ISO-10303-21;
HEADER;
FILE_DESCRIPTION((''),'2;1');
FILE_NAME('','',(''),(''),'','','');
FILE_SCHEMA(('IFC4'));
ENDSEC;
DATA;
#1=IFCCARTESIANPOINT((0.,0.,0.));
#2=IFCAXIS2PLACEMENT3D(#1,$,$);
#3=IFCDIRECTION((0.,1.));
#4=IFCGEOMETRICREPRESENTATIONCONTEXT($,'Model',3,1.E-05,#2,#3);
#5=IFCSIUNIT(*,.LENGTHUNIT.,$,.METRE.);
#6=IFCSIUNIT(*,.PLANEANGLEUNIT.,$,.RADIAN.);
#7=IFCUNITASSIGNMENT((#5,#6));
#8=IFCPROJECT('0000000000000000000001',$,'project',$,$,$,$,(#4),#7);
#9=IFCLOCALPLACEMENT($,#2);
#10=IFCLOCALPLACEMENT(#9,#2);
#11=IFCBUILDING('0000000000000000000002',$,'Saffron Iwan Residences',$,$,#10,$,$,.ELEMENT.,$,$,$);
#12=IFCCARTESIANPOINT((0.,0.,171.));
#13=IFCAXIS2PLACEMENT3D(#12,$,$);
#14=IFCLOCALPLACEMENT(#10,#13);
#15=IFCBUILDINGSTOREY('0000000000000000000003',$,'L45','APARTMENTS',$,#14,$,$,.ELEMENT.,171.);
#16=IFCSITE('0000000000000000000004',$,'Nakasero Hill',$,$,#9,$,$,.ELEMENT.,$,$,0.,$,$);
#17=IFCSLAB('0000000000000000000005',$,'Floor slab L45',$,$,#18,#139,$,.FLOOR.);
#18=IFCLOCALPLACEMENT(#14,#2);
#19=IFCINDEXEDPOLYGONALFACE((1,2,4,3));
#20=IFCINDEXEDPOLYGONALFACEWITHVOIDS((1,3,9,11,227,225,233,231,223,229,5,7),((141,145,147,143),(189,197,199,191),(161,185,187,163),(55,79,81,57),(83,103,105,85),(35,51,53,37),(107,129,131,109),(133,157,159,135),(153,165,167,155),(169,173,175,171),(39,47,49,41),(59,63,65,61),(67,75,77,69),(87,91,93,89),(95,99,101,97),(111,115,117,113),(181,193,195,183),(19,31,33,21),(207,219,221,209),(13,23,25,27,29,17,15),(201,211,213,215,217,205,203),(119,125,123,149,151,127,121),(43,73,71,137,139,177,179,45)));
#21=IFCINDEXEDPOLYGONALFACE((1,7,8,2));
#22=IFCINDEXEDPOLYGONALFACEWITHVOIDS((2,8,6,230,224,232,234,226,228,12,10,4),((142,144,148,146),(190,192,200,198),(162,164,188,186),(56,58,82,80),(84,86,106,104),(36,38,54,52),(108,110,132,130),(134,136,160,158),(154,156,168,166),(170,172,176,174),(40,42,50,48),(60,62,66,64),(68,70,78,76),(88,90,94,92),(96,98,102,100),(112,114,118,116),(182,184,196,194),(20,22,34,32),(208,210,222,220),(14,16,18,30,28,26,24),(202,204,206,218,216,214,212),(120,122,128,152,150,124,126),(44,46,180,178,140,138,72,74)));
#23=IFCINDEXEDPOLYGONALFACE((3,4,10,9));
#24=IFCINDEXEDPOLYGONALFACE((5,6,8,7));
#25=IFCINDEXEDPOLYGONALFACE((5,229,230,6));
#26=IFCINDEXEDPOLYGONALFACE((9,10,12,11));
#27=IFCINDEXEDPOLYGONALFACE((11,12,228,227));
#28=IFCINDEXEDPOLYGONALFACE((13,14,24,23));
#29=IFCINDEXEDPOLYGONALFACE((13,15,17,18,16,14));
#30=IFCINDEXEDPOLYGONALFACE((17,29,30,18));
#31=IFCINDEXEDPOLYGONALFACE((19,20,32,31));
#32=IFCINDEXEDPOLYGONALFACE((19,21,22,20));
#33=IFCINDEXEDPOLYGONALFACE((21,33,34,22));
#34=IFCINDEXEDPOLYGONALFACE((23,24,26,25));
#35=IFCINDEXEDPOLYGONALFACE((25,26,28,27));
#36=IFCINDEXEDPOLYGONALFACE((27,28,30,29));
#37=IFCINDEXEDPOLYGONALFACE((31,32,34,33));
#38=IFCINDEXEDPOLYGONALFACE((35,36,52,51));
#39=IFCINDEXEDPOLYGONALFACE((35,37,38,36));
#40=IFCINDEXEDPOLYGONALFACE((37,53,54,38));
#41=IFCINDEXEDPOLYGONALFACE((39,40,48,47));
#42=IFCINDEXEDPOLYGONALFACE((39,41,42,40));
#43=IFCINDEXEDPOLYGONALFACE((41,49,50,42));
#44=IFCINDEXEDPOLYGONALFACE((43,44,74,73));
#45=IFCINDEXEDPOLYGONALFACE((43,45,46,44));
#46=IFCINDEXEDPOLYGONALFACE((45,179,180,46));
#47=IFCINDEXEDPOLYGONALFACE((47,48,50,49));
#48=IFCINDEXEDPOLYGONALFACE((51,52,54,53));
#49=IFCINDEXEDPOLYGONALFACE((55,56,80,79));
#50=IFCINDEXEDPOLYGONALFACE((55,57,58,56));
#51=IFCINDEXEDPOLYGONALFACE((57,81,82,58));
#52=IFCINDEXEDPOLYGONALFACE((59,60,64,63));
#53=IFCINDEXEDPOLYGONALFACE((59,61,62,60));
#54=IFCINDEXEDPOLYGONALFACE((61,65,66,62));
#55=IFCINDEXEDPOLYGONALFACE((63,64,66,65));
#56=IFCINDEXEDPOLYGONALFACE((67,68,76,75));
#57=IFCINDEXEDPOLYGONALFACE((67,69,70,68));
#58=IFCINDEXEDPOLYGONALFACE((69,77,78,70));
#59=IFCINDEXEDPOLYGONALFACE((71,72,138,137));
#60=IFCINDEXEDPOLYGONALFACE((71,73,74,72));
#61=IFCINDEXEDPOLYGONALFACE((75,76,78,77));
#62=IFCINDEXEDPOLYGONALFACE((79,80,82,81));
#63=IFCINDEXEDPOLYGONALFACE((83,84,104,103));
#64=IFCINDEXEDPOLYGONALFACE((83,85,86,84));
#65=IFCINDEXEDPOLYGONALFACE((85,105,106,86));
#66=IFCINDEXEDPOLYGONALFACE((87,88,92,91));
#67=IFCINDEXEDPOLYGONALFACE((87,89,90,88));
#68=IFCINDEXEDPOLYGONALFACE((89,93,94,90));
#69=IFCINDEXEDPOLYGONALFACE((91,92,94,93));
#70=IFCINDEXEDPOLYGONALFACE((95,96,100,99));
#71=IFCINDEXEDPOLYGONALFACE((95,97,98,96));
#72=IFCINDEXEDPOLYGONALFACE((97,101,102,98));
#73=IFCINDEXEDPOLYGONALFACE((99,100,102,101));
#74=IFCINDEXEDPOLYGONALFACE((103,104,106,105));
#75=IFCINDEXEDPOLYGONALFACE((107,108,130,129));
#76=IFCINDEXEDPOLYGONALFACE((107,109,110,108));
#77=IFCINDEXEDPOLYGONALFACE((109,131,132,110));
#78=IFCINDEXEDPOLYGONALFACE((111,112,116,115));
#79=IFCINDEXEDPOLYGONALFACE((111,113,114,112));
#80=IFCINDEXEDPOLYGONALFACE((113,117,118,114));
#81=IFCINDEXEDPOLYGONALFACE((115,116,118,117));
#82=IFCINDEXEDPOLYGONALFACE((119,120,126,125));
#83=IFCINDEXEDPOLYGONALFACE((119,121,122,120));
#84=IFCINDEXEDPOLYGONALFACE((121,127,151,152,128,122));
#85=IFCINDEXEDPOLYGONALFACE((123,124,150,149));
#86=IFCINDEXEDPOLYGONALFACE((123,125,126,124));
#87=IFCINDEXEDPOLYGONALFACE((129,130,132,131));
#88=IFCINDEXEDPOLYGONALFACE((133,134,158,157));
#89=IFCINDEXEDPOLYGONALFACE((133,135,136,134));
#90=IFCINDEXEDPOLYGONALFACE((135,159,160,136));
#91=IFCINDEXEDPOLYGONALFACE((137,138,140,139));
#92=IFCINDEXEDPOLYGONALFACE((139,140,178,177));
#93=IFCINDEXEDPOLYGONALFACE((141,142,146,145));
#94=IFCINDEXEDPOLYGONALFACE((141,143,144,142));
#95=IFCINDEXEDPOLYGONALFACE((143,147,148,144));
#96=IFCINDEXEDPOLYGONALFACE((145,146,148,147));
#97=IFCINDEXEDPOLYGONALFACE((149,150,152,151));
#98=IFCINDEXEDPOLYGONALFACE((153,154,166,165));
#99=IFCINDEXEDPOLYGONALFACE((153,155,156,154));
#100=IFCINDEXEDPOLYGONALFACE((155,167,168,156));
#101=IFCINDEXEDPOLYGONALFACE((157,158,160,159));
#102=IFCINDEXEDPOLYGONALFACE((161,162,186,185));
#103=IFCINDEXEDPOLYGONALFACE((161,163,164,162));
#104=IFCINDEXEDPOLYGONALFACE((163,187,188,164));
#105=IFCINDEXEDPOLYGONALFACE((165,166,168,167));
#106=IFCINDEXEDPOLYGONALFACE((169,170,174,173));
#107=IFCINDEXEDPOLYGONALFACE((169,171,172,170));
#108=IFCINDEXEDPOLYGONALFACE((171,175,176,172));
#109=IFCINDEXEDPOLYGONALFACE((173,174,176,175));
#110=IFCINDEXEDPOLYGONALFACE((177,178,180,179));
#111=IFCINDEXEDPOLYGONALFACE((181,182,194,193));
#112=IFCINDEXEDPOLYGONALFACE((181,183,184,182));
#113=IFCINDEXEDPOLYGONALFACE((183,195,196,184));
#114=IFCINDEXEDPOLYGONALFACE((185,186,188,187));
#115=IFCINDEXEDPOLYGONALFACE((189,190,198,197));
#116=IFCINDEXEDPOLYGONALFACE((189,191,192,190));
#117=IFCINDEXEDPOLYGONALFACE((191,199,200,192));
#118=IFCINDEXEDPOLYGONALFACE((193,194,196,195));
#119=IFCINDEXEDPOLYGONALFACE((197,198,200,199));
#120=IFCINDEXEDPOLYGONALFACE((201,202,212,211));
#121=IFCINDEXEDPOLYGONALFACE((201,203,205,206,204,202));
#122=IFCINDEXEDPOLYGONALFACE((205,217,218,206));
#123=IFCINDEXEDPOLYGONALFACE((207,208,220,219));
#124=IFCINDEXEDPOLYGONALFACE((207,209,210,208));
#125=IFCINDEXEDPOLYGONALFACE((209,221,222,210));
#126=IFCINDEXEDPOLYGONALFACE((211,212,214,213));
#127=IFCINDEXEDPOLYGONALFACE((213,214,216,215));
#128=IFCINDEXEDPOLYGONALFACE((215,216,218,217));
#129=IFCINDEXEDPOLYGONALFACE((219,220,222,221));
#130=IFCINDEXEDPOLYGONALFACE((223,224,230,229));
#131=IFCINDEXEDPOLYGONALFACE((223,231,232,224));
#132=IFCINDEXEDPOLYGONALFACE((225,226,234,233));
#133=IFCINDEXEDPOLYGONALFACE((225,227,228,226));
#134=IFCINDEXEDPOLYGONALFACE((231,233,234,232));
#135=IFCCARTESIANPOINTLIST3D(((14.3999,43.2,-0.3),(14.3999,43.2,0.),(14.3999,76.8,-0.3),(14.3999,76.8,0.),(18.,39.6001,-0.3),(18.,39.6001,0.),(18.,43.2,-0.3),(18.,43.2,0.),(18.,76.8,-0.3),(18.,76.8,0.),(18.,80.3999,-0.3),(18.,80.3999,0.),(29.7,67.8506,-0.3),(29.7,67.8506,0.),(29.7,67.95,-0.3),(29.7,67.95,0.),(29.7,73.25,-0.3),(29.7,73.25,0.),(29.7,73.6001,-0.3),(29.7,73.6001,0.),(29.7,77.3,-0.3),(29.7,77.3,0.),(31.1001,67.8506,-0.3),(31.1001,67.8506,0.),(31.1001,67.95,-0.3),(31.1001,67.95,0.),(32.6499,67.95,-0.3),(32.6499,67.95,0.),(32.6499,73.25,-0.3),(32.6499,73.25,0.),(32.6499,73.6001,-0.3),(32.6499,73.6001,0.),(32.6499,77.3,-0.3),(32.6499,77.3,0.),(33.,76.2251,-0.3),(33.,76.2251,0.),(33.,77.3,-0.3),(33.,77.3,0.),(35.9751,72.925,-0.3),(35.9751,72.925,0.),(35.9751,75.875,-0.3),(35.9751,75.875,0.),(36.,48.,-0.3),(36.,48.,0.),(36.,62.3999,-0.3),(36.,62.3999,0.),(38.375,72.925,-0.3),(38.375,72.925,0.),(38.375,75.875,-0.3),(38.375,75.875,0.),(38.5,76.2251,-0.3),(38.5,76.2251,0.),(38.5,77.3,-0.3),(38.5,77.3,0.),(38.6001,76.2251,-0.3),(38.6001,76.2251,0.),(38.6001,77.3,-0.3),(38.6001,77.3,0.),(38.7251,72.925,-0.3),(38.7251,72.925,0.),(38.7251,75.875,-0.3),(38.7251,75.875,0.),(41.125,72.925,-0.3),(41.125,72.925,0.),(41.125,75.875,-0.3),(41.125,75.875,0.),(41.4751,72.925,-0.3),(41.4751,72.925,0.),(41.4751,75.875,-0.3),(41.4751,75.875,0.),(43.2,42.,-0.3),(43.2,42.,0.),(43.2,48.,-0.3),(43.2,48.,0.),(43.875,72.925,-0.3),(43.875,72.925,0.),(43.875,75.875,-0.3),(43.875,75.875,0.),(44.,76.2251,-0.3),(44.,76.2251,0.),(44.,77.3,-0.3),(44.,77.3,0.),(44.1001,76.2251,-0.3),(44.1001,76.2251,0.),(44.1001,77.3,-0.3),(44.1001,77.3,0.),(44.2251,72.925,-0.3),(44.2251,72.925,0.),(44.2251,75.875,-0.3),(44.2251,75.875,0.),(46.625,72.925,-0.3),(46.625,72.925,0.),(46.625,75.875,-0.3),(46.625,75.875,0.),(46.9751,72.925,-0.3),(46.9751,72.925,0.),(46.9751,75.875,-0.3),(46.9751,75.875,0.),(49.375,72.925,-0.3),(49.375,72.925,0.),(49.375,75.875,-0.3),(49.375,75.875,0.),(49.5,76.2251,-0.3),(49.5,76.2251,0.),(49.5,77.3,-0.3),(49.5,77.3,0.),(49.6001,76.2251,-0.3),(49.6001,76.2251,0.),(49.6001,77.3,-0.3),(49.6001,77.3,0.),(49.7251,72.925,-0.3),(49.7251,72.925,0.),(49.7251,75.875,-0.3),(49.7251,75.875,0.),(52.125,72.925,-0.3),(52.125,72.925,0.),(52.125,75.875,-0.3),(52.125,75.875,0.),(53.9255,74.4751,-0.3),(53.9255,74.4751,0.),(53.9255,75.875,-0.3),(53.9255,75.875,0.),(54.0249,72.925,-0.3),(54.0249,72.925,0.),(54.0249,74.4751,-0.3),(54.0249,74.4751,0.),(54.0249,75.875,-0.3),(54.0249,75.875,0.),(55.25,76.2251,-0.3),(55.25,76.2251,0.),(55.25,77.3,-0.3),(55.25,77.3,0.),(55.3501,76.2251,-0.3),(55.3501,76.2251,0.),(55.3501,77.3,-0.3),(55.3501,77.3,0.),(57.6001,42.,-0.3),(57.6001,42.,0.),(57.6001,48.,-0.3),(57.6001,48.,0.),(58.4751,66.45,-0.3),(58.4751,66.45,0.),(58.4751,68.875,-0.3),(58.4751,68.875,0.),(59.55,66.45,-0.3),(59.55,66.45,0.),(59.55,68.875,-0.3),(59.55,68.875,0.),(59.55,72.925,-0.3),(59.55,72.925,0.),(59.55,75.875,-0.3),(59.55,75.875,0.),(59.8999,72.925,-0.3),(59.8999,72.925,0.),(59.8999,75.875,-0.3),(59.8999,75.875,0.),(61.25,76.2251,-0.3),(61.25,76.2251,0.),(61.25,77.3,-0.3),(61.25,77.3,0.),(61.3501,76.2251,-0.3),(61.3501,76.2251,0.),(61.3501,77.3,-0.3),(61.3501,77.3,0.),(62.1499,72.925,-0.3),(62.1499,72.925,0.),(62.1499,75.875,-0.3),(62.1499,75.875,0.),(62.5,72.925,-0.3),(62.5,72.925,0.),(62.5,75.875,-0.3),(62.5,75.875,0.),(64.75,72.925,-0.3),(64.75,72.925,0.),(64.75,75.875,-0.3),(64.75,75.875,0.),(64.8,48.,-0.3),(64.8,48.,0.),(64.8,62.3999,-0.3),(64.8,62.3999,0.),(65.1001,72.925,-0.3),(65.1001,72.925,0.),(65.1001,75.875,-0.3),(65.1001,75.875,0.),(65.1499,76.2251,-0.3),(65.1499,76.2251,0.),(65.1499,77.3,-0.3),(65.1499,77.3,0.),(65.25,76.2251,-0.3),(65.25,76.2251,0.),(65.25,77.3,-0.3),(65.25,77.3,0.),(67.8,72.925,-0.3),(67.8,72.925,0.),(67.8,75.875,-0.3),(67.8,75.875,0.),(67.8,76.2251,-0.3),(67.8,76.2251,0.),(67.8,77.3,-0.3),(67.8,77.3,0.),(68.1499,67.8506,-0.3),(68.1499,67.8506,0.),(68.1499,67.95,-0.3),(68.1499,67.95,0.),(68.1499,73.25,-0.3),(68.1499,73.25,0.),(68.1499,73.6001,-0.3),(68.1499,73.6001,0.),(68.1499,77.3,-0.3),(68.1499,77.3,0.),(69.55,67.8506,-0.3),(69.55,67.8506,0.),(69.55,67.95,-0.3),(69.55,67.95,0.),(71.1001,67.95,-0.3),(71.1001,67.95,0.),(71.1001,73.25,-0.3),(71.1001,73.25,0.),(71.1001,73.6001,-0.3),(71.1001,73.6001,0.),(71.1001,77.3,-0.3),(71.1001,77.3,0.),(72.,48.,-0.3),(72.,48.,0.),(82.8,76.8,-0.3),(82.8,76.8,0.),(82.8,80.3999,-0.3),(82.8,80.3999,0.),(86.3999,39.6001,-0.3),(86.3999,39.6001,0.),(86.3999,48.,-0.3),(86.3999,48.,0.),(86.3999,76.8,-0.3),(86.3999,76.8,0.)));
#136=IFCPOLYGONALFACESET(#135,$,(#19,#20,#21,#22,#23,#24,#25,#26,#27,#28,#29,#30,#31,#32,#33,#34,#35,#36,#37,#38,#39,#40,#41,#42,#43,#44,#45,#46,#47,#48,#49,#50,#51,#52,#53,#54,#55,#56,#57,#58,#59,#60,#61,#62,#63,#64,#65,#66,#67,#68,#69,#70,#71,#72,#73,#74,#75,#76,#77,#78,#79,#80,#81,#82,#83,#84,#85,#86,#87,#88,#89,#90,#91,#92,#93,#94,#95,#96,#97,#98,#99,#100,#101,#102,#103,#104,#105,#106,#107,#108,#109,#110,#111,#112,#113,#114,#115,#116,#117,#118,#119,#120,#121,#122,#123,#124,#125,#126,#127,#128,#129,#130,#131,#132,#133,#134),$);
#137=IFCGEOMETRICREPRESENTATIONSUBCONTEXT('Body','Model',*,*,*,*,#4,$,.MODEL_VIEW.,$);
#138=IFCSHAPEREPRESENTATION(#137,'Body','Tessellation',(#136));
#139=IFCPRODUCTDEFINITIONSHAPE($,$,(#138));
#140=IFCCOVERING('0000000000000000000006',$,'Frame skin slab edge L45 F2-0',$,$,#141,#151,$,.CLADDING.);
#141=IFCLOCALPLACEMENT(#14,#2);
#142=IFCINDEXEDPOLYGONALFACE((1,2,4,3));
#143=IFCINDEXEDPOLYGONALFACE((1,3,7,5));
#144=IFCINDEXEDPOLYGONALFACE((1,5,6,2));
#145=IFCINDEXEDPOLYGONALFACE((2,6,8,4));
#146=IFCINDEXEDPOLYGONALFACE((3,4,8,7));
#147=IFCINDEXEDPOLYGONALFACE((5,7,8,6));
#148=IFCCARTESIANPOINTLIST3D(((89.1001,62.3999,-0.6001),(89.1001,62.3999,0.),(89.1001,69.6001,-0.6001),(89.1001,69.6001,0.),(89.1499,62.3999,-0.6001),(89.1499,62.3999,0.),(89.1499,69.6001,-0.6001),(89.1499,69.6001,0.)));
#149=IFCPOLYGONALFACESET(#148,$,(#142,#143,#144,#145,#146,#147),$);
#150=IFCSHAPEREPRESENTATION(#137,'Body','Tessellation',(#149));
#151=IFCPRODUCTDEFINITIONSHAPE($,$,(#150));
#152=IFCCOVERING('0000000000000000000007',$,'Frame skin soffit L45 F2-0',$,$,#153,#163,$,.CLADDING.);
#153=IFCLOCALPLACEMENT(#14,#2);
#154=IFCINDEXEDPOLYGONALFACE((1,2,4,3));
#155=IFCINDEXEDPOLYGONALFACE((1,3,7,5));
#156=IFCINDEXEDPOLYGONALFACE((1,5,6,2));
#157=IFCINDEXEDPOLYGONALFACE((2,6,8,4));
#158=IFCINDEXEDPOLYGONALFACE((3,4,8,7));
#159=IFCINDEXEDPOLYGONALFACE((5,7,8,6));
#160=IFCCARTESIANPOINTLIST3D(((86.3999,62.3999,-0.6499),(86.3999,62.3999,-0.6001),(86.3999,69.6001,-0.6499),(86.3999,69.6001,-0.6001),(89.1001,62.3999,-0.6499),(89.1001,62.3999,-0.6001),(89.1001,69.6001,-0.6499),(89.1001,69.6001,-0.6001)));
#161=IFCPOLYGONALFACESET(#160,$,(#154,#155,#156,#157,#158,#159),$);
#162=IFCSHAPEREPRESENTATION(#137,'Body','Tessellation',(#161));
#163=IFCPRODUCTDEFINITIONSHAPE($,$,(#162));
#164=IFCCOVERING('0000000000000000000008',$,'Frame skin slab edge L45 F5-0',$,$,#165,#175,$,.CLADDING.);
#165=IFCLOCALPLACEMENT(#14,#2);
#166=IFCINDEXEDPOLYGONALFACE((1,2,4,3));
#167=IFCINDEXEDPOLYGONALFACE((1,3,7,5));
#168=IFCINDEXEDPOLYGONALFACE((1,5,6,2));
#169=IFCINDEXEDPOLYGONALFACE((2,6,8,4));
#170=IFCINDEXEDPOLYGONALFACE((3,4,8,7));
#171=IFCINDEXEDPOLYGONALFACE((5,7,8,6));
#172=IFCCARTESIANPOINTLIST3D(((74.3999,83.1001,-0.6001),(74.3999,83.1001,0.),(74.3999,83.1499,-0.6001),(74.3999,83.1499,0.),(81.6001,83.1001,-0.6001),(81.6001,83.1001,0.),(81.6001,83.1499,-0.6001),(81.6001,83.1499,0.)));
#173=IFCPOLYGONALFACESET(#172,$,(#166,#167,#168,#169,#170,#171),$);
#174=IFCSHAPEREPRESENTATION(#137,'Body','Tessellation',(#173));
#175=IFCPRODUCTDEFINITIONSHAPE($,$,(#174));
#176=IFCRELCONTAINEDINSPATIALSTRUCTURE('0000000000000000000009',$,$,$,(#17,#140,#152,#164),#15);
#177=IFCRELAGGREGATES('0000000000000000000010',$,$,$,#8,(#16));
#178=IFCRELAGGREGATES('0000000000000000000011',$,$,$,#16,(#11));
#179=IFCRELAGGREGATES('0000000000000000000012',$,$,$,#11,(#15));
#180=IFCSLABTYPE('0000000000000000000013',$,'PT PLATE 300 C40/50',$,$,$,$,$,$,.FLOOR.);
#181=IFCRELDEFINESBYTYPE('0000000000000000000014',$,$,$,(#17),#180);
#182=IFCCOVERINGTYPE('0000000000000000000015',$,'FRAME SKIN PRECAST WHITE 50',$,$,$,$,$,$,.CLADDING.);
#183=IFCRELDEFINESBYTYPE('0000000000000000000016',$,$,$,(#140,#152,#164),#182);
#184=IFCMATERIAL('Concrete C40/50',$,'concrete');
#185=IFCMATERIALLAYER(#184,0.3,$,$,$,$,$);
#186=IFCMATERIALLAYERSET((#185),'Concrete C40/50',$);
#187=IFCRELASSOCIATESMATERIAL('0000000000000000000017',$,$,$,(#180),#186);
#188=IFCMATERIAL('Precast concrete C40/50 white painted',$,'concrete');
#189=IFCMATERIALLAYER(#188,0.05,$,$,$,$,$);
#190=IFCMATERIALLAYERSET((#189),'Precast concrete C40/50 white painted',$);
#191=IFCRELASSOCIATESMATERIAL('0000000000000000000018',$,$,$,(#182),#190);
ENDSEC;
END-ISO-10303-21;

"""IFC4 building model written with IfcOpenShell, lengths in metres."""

from ifc_helpers import new_model, si_unit, direction, frame, origin, place, context, subcontext, project, spatial, polyline, outline, extrude, material, layer, layer_set, type_object, element, save


model = new_model("IFC4")

# Units and contexts
model_context = context("Model", 3, precision=1e-05, world=origin(), true_north=direction((0.0, 1.0)))
body_context = subcontext(model_context, "Body", "Model", "MODEL_VIEW")
ifc_project = project(units=[si_unit("LENGTHUNIT", "METRE"), si_unit("PLANEANGLEUNIT", "RADIAN")], contexts=[model_context])

# Site, building, storey
site_placement = place(None, origin())
site = spatial("IfcSite", under=ifc_project, at=site_placement, Name="Nakasero Hill", CompositionType="ELEMENT", RefElevation=0.0)
building_placement = place(site_placement, origin())
building = spatial("IfcBuilding", under=site, at=building_placement, Name="Saffron Iwan Residences", CompositionType="ELEMENT")
storey_placement = place(building_placement, frame((0.0, 0.0, 171.0)))
storey = spatial("IfcBuildingStorey", under=building, at=storey_placement, Name="L45", Description="APARTMENTS", CompositionType="ELEMENT", Elevation=171.0)

# Slab
ifc_material_1 = material(Name="Concrete C40/50", Category="concrete")
ifc_layer_1 = layer(ifc_material_1, 0.3)
ifc_layer_set_1 = layer_set([ifc_layer_1], Name="Concrete C40/50")
slab_type_1 = type_object("IfcSlabType", Name="PT PLATE 300 C40/50", PredefinedType="FLOOR", material=ifc_layer_set_1)
slab_1_placement = place(storey_placement, frame((0.0, 0.0, -0.3)))
element("IfcSlab", 1, at=slab_1_placement, inside=storey, type_object=slab_type_1, Name="Floor slab L45", PredefinedType="FLOOR", context=body_context, shape_type="SweptSolid", body=[
    extrude(outline(polyline([(14.3999, 43.2), (14.3999, 76.8), (18.0, 76.8), (18.0, 80.3999), (82.8, 80.3999), (82.8, 76.8), (86.3999, 76.8), (86.3999, 48.0), (72.0, 48.0), (86.3999, 39.6001), (18.0, 39.6001), (18.0, 43.2), (14.3999, 43.2)]), holes=[polyline([(64.8, 48.0), (64.8, 62.3999), (36.0, 62.3999), (36.0, 48.0), (43.2, 48.0), (43.2, 42.0), (57.6001, 42.0), (57.6001, 48.0), (64.8, 48.0)]), polyline([(29.7, 73.25), (29.7, 67.95), (29.7, 67.8506), (31.1001, 67.8506), (31.1001, 67.95), (32.6499, 67.95), (32.6499, 73.25), (29.7, 73.25)]), polyline([(38.375, 75.875), (35.9751, 75.875), (35.9751, 72.925), (38.375, 72.925), (38.375, 75.875)]), polyline([(41.125, 75.875), (38.7251, 75.875), (38.7251, 72.925), (41.125, 72.925), (41.125, 75.875)]), polyline([(43.875, 72.925), (43.875, 75.875), (41.4751, 75.875), (41.4751, 72.925), (43.875, 72.925)]), polyline([(46.625, 72.925), (46.625, 75.875), (44.2251, 75.875), (44.2251, 72.925), (46.625, 72.925)]), polyline([(49.375, 75.875), (46.9751, 75.875), (46.9751, 72.925), (49.375, 72.925), (49.375, 75.875)]), polyline([(52.125, 72.925), (52.125, 75.875), (49.7251, 75.875), (49.7251, 72.925), (52.125, 72.925)]), polyline([(32.6499, 73.6001), (32.6499, 77.3), (29.7, 77.3), (29.7, 73.6001), (32.6499, 73.6001)]), polyline([(38.5, 77.3), (33.0, 77.3), (33.0, 76.2251), (38.5, 76.2251), (38.5, 77.3)]), polyline([(44.0, 76.2251), (44.0, 77.3), (38.6001, 77.3), (38.6001, 76.2251), (44.0, 76.2251)]), polyline([(49.5, 76.2251), (49.5, 77.3), (44.1001, 77.3), (44.1001, 76.2251), (49.5, 76.2251)]), polyline([(59.55, 68.875), (58.4751, 68.875), (58.4751, 66.45), (59.55, 66.45), (59.55, 68.875)]), polyline([(68.1499, 73.25), (68.1499, 67.95), (68.1499, 67.8506), (69.55, 67.8506), (69.55, 67.95), (71.1001, 67.95), (71.1001, 73.25), (68.1499, 73.25)]), polyline([(54.0249, 74.4751), (54.0249, 72.925), (59.55, 72.925), (59.55, 75.875), (54.0249, 75.875), (53.9255, 75.875), (53.9255, 74.4751), (54.0249, 74.4751)]), polyline([(62.1499, 72.925), (62.1499, 75.875), (59.8999, 75.875), (59.8999, 72.925), (62.1499, 72.925)]), polyline([(64.75, 72.925), (64.75, 75.875), (62.5, 75.875), (62.5, 72.925), (64.75, 72.925)]), polyline([(67.8, 75.875), (65.1001, 75.875), (65.1001, 72.925), (67.8, 72.925), (67.8, 75.875)]), polyline([(71.1001, 73.6001), (71.1001, 77.3), (68.1499, 77.3), (68.1499, 73.6001), (71.1001, 73.6001)]), polyline([(55.25, 76.2251), (55.25, 77.3), (49.6001, 77.3), (49.6001, 76.2251), (55.25, 76.2251)]), polyline([(61.25, 77.3), (55.3501, 77.3), (55.3501, 76.2251), (61.25, 76.2251), (61.25, 77.3)]), polyline([(65.1499, 76.2251), (65.1499, 77.3), (61.3501, 77.3), (61.3501, 76.2251), (65.1499, 76.2251)]), polyline([(67.8, 76.2251), (67.8, 77.3), (65.25, 77.3), (65.25, 76.2251), (67.8, 76.2251)])]), origin(), (0.0, 0.0, 1.0), 0.3),
])

# Coverings
ifc_material_2 = material(Name="Precast concrete C40/50 white painted", Category="concrete")
ifc_layer_2 = layer(ifc_material_2, 0.05)
ifc_layer_set_2 = layer_set([ifc_layer_2], Name="Precast concrete C40/50 white painted")
covering_type_1 = type_object("IfcCoveringType", Name="FRAME SKIN PRECAST WHITE 50", PredefinedType="CLADDING", material=ifc_layer_set_2)
covering_1_placement = place(storey_placement, frame((0.0, 0.0, -0.6001)))
element("IfcCovering", 2, at=covering_1_placement, inside=storey, type_object=covering_type_1, Name="Frame skin slab edge L45 F2-0", PredefinedType="CLADDING", context=body_context, shape_type="SweptSolid", body=[
    extrude(outline(polyline([(89.1499, 62.3999), (89.1499, 69.6001), (89.1001, 69.6001), (89.1001, 62.3999), (89.1499, 62.3999)])), origin(), (0.0, 0.0, 1.0), 0.6001),
])
covering_2_placement = place(storey_placement, frame((0.0, 0.0, -0.6499)))
element("IfcCovering", 3, at=covering_2_placement, inside=storey, type_object=covering_type_1, Name="Frame skin soffit L45 F2-0", PredefinedType="CLADDING", context=body_context, shape_type="SweptSolid", body=[
    extrude(outline(polyline([(89.1001, 62.3999), (89.1001, 69.6001), (86.3999, 69.6001), (86.3999, 62.3999), (89.1001, 62.3999)])), origin(), (0.0, 0.0, 1.0), 0.0498),
])
covering_3_placement = place(storey_placement, frame((0.0, 0.0, -0.6001)))
element("IfcCovering", 4, at=covering_3_placement, inside=storey, type_object=covering_type_1, Name="Frame skin slab edge L45 F5-0", PredefinedType="CLADDING", context=body_context, shape_type="SweptSolid", body=[
    extrude(outline(polyline([(81.6001, 83.1499), (74.3999, 83.1499), (74.3999, 83.1001), (81.6001, 83.1001), (81.6001, 83.1499)])), origin(), (0.0, 0.0, 1.0), 0.6001),
])

save(model, "model.ifc")
